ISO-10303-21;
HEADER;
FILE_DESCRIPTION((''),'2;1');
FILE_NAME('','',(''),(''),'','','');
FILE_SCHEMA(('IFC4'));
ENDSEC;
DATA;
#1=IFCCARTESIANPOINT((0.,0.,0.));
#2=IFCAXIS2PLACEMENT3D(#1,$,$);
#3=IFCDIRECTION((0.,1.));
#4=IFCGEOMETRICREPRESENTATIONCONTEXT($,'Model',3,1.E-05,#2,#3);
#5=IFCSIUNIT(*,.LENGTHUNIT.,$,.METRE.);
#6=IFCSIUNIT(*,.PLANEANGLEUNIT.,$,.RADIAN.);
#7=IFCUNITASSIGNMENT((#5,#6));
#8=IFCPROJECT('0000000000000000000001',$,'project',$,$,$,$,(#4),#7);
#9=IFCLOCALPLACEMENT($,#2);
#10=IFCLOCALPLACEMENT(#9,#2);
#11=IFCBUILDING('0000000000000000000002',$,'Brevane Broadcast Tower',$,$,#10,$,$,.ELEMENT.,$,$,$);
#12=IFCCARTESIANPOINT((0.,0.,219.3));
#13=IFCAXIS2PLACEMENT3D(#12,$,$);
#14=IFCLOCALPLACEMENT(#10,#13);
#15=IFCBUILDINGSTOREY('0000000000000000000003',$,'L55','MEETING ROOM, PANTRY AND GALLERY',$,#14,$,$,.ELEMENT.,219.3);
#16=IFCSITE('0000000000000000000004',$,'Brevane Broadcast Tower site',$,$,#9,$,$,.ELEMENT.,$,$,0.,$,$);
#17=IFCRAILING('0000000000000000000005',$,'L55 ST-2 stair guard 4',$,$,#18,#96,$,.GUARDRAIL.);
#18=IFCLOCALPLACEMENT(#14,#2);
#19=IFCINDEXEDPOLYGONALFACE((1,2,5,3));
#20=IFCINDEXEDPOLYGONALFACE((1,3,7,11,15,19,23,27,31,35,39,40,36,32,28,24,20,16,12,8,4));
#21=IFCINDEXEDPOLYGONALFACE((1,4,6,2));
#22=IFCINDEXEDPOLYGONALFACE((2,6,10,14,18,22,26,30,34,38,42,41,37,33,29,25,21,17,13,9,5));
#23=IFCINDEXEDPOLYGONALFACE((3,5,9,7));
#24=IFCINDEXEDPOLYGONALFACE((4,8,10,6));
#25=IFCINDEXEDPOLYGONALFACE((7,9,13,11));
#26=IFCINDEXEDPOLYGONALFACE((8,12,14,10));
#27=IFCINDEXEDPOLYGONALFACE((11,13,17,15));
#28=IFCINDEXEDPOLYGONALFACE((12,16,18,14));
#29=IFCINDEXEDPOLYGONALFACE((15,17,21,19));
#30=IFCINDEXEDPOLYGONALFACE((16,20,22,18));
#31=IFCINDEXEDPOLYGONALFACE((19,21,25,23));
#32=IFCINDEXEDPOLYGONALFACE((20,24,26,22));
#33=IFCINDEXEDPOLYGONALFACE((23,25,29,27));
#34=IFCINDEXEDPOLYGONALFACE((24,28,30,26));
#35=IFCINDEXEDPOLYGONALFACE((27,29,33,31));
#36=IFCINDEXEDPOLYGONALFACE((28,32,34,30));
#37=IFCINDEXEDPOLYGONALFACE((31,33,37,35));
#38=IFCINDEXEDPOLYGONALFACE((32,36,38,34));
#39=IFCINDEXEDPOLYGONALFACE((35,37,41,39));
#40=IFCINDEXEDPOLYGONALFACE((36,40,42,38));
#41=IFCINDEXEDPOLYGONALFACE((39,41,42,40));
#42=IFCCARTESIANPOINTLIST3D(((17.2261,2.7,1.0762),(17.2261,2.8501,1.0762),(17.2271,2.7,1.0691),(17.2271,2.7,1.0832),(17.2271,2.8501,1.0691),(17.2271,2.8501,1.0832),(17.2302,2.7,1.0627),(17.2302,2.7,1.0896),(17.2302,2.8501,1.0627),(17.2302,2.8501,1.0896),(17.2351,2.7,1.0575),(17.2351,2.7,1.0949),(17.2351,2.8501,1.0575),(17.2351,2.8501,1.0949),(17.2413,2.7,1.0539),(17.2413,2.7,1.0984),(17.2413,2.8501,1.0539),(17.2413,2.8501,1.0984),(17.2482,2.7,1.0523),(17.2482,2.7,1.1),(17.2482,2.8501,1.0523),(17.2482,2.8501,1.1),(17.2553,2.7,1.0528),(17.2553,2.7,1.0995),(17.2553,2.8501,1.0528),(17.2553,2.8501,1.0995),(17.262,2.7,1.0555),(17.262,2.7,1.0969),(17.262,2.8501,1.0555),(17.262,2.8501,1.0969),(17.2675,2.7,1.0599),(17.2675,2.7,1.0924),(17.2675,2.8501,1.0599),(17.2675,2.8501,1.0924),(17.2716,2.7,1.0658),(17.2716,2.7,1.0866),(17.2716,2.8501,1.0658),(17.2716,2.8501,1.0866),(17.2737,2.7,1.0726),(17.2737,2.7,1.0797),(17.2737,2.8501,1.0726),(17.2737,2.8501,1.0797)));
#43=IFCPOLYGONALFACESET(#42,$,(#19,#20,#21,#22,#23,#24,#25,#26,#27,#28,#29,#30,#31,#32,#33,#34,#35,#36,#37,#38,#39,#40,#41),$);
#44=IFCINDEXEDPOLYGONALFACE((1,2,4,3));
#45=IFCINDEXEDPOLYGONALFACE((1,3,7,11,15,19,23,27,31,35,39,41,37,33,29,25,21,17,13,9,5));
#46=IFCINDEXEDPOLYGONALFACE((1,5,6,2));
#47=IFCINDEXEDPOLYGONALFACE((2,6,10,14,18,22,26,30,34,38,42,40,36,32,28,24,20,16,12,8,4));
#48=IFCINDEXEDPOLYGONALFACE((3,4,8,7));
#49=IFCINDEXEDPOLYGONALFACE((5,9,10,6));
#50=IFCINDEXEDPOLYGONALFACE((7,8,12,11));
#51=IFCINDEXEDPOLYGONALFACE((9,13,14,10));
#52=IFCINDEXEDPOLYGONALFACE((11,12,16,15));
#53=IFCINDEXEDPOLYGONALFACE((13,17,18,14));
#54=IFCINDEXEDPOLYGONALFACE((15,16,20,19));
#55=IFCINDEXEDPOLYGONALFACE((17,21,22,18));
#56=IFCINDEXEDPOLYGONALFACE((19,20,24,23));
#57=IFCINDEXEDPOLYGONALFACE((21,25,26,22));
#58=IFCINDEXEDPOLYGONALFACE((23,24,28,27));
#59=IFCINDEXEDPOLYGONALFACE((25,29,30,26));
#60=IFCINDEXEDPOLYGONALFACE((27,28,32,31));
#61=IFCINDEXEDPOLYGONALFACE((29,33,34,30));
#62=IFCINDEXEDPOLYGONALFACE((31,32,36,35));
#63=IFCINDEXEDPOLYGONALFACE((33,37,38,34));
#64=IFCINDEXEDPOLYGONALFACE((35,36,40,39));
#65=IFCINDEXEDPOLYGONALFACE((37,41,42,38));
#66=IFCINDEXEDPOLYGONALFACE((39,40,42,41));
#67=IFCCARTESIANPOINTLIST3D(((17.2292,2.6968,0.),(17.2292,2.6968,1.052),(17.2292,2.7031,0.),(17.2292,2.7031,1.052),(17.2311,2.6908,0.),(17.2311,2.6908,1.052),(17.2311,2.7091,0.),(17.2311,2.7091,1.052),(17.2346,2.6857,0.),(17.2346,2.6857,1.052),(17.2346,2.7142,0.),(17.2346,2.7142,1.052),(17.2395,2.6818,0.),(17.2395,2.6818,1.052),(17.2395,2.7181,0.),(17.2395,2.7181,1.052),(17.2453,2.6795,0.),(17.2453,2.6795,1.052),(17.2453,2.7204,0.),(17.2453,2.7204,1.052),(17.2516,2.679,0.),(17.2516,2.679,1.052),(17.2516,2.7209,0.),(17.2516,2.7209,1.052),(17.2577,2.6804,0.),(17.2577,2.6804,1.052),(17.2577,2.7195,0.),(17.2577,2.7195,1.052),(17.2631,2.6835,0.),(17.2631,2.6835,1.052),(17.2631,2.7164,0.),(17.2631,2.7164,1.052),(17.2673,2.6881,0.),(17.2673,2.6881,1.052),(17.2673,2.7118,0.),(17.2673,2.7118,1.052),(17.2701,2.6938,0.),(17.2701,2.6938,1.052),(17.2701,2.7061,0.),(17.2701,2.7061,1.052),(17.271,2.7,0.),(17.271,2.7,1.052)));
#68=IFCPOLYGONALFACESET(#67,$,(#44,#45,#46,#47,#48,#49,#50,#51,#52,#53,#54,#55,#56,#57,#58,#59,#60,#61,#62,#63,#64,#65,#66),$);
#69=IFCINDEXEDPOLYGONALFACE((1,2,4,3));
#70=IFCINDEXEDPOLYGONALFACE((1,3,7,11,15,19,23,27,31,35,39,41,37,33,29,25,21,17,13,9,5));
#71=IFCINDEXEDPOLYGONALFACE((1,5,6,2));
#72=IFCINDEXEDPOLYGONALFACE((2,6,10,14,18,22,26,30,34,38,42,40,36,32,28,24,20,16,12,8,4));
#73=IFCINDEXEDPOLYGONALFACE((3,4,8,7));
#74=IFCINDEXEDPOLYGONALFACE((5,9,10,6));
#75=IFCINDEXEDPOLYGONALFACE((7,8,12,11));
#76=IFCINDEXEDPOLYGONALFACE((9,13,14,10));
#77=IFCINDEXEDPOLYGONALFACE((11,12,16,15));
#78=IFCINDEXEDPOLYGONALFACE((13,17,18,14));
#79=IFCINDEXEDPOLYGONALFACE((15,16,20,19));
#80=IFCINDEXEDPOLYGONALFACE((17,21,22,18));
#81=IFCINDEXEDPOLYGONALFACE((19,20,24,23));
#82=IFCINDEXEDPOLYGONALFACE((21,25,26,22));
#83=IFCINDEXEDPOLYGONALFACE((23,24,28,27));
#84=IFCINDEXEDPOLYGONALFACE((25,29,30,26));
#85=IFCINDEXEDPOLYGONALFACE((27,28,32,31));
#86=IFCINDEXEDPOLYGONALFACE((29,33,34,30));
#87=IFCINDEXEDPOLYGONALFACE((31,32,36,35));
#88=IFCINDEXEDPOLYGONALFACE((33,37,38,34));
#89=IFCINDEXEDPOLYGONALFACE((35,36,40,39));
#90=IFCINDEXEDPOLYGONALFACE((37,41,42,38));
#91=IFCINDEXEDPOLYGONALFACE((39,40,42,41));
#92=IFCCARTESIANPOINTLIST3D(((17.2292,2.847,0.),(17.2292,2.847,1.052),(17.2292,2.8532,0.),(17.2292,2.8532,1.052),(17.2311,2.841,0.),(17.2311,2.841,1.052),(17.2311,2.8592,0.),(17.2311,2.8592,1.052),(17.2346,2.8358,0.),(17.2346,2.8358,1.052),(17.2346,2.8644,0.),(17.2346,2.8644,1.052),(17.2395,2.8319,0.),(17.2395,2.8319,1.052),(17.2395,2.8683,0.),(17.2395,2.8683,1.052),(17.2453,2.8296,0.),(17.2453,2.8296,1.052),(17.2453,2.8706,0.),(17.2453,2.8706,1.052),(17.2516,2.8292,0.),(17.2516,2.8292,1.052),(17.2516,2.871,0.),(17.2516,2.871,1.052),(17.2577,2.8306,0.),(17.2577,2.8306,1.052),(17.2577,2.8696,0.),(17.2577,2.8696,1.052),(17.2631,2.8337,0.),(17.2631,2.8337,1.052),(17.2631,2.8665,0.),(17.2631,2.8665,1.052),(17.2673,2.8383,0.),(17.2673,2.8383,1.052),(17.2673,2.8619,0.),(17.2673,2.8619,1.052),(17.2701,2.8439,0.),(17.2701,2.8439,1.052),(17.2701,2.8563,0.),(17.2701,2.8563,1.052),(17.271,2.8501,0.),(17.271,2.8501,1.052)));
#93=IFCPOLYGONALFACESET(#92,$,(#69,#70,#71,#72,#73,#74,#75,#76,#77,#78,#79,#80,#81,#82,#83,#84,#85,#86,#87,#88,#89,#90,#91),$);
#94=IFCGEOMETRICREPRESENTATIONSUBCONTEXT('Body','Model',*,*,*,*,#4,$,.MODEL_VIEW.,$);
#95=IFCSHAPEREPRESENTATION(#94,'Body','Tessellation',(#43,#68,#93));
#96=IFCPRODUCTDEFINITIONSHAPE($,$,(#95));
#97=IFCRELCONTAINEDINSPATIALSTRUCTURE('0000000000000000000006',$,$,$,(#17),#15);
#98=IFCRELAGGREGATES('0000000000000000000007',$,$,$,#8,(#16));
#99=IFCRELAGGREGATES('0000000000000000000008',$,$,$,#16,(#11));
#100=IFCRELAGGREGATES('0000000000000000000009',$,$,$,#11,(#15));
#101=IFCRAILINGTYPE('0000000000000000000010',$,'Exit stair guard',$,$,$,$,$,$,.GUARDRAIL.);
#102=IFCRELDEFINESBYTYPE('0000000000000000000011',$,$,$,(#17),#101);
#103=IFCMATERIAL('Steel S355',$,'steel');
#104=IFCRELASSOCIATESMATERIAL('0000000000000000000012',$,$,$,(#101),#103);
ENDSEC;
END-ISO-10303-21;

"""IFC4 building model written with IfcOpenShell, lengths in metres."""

from ifc_helpers import new_model, si_unit, direction, frame, origin, origin_2d, place, context, subcontext, project, spatial, circle, extrude, material, type_object, element, save


model = new_model("IFC4")

# Units and contexts
model_context = context("Model", 3, precision=1e-05, world=origin(), true_north=direction((0.0, 1.0)))
body_context = subcontext(model_context, "Body", "Model", "MODEL_VIEW")
ifc_project = project(units=[si_unit("LENGTHUNIT", "METRE"), si_unit("PLANEANGLEUNIT", "RADIAN")], contexts=[model_context])

# Site, building, storey
site_placement = place(None, origin())
site = spatial("IfcSite", under=ifc_project, at=site_placement, Name="Brevane Broadcast Tower site", CompositionType="ELEMENT", RefElevation=0.0)
building_placement = place(site_placement, origin())
building = spatial("IfcBuilding", under=site, at=building_placement, Name="Brevane Broadcast Tower", CompositionType="ELEMENT")
storey_placement = place(building_placement, frame((0.0, 0.0, 219.3)))
storey = spatial("IfcBuildingStorey", under=building, at=storey_placement, Name="L55", Description="MEETING ROOM, PANTRY AND GALLERY", CompositionType="ELEMENT", Elevation=219.3)

# Railing
ifc_material_1 = material(Name="Steel S355", Category="steel")
railing_type_1 = type_object("IfcRailingType", Name="Exit stair guard", PredefinedType="GUARDRAIL", material=ifc_material_1)
railing_1_placement = place(storey_placement, frame((17.25, 2.7, 0.0)))
element("IfcRailing", 1, at=railing_1_placement, inside=storey, type_object=railing_type_1, Name="L55 ST-2 stair guard 4", PredefinedType="GUARDRAIL", context=body_context, shape_type="SweptSolid", body=[
    extrude(circle(Radius=0.0239, at=origin_2d()), frame((0.0, 0.0, 1.0762), z_axis=(0.0, 1.0, 0.0), x_axis=(-1.0, 0.0, 0.0)), (0.0, 0.0, 1.0), 0.1501),
    extrude(circle(Radius=0.021, at=origin_2d()), origin(), (0.0, 0.0, 1.0), 1.052),
    extrude(circle(Radius=0.021, at=origin_2d()), frame((0.0, 0.1501, 0.0)), (0.0, 0.0, 1.0), 1.052),
])

save(model, "model.ifc")
